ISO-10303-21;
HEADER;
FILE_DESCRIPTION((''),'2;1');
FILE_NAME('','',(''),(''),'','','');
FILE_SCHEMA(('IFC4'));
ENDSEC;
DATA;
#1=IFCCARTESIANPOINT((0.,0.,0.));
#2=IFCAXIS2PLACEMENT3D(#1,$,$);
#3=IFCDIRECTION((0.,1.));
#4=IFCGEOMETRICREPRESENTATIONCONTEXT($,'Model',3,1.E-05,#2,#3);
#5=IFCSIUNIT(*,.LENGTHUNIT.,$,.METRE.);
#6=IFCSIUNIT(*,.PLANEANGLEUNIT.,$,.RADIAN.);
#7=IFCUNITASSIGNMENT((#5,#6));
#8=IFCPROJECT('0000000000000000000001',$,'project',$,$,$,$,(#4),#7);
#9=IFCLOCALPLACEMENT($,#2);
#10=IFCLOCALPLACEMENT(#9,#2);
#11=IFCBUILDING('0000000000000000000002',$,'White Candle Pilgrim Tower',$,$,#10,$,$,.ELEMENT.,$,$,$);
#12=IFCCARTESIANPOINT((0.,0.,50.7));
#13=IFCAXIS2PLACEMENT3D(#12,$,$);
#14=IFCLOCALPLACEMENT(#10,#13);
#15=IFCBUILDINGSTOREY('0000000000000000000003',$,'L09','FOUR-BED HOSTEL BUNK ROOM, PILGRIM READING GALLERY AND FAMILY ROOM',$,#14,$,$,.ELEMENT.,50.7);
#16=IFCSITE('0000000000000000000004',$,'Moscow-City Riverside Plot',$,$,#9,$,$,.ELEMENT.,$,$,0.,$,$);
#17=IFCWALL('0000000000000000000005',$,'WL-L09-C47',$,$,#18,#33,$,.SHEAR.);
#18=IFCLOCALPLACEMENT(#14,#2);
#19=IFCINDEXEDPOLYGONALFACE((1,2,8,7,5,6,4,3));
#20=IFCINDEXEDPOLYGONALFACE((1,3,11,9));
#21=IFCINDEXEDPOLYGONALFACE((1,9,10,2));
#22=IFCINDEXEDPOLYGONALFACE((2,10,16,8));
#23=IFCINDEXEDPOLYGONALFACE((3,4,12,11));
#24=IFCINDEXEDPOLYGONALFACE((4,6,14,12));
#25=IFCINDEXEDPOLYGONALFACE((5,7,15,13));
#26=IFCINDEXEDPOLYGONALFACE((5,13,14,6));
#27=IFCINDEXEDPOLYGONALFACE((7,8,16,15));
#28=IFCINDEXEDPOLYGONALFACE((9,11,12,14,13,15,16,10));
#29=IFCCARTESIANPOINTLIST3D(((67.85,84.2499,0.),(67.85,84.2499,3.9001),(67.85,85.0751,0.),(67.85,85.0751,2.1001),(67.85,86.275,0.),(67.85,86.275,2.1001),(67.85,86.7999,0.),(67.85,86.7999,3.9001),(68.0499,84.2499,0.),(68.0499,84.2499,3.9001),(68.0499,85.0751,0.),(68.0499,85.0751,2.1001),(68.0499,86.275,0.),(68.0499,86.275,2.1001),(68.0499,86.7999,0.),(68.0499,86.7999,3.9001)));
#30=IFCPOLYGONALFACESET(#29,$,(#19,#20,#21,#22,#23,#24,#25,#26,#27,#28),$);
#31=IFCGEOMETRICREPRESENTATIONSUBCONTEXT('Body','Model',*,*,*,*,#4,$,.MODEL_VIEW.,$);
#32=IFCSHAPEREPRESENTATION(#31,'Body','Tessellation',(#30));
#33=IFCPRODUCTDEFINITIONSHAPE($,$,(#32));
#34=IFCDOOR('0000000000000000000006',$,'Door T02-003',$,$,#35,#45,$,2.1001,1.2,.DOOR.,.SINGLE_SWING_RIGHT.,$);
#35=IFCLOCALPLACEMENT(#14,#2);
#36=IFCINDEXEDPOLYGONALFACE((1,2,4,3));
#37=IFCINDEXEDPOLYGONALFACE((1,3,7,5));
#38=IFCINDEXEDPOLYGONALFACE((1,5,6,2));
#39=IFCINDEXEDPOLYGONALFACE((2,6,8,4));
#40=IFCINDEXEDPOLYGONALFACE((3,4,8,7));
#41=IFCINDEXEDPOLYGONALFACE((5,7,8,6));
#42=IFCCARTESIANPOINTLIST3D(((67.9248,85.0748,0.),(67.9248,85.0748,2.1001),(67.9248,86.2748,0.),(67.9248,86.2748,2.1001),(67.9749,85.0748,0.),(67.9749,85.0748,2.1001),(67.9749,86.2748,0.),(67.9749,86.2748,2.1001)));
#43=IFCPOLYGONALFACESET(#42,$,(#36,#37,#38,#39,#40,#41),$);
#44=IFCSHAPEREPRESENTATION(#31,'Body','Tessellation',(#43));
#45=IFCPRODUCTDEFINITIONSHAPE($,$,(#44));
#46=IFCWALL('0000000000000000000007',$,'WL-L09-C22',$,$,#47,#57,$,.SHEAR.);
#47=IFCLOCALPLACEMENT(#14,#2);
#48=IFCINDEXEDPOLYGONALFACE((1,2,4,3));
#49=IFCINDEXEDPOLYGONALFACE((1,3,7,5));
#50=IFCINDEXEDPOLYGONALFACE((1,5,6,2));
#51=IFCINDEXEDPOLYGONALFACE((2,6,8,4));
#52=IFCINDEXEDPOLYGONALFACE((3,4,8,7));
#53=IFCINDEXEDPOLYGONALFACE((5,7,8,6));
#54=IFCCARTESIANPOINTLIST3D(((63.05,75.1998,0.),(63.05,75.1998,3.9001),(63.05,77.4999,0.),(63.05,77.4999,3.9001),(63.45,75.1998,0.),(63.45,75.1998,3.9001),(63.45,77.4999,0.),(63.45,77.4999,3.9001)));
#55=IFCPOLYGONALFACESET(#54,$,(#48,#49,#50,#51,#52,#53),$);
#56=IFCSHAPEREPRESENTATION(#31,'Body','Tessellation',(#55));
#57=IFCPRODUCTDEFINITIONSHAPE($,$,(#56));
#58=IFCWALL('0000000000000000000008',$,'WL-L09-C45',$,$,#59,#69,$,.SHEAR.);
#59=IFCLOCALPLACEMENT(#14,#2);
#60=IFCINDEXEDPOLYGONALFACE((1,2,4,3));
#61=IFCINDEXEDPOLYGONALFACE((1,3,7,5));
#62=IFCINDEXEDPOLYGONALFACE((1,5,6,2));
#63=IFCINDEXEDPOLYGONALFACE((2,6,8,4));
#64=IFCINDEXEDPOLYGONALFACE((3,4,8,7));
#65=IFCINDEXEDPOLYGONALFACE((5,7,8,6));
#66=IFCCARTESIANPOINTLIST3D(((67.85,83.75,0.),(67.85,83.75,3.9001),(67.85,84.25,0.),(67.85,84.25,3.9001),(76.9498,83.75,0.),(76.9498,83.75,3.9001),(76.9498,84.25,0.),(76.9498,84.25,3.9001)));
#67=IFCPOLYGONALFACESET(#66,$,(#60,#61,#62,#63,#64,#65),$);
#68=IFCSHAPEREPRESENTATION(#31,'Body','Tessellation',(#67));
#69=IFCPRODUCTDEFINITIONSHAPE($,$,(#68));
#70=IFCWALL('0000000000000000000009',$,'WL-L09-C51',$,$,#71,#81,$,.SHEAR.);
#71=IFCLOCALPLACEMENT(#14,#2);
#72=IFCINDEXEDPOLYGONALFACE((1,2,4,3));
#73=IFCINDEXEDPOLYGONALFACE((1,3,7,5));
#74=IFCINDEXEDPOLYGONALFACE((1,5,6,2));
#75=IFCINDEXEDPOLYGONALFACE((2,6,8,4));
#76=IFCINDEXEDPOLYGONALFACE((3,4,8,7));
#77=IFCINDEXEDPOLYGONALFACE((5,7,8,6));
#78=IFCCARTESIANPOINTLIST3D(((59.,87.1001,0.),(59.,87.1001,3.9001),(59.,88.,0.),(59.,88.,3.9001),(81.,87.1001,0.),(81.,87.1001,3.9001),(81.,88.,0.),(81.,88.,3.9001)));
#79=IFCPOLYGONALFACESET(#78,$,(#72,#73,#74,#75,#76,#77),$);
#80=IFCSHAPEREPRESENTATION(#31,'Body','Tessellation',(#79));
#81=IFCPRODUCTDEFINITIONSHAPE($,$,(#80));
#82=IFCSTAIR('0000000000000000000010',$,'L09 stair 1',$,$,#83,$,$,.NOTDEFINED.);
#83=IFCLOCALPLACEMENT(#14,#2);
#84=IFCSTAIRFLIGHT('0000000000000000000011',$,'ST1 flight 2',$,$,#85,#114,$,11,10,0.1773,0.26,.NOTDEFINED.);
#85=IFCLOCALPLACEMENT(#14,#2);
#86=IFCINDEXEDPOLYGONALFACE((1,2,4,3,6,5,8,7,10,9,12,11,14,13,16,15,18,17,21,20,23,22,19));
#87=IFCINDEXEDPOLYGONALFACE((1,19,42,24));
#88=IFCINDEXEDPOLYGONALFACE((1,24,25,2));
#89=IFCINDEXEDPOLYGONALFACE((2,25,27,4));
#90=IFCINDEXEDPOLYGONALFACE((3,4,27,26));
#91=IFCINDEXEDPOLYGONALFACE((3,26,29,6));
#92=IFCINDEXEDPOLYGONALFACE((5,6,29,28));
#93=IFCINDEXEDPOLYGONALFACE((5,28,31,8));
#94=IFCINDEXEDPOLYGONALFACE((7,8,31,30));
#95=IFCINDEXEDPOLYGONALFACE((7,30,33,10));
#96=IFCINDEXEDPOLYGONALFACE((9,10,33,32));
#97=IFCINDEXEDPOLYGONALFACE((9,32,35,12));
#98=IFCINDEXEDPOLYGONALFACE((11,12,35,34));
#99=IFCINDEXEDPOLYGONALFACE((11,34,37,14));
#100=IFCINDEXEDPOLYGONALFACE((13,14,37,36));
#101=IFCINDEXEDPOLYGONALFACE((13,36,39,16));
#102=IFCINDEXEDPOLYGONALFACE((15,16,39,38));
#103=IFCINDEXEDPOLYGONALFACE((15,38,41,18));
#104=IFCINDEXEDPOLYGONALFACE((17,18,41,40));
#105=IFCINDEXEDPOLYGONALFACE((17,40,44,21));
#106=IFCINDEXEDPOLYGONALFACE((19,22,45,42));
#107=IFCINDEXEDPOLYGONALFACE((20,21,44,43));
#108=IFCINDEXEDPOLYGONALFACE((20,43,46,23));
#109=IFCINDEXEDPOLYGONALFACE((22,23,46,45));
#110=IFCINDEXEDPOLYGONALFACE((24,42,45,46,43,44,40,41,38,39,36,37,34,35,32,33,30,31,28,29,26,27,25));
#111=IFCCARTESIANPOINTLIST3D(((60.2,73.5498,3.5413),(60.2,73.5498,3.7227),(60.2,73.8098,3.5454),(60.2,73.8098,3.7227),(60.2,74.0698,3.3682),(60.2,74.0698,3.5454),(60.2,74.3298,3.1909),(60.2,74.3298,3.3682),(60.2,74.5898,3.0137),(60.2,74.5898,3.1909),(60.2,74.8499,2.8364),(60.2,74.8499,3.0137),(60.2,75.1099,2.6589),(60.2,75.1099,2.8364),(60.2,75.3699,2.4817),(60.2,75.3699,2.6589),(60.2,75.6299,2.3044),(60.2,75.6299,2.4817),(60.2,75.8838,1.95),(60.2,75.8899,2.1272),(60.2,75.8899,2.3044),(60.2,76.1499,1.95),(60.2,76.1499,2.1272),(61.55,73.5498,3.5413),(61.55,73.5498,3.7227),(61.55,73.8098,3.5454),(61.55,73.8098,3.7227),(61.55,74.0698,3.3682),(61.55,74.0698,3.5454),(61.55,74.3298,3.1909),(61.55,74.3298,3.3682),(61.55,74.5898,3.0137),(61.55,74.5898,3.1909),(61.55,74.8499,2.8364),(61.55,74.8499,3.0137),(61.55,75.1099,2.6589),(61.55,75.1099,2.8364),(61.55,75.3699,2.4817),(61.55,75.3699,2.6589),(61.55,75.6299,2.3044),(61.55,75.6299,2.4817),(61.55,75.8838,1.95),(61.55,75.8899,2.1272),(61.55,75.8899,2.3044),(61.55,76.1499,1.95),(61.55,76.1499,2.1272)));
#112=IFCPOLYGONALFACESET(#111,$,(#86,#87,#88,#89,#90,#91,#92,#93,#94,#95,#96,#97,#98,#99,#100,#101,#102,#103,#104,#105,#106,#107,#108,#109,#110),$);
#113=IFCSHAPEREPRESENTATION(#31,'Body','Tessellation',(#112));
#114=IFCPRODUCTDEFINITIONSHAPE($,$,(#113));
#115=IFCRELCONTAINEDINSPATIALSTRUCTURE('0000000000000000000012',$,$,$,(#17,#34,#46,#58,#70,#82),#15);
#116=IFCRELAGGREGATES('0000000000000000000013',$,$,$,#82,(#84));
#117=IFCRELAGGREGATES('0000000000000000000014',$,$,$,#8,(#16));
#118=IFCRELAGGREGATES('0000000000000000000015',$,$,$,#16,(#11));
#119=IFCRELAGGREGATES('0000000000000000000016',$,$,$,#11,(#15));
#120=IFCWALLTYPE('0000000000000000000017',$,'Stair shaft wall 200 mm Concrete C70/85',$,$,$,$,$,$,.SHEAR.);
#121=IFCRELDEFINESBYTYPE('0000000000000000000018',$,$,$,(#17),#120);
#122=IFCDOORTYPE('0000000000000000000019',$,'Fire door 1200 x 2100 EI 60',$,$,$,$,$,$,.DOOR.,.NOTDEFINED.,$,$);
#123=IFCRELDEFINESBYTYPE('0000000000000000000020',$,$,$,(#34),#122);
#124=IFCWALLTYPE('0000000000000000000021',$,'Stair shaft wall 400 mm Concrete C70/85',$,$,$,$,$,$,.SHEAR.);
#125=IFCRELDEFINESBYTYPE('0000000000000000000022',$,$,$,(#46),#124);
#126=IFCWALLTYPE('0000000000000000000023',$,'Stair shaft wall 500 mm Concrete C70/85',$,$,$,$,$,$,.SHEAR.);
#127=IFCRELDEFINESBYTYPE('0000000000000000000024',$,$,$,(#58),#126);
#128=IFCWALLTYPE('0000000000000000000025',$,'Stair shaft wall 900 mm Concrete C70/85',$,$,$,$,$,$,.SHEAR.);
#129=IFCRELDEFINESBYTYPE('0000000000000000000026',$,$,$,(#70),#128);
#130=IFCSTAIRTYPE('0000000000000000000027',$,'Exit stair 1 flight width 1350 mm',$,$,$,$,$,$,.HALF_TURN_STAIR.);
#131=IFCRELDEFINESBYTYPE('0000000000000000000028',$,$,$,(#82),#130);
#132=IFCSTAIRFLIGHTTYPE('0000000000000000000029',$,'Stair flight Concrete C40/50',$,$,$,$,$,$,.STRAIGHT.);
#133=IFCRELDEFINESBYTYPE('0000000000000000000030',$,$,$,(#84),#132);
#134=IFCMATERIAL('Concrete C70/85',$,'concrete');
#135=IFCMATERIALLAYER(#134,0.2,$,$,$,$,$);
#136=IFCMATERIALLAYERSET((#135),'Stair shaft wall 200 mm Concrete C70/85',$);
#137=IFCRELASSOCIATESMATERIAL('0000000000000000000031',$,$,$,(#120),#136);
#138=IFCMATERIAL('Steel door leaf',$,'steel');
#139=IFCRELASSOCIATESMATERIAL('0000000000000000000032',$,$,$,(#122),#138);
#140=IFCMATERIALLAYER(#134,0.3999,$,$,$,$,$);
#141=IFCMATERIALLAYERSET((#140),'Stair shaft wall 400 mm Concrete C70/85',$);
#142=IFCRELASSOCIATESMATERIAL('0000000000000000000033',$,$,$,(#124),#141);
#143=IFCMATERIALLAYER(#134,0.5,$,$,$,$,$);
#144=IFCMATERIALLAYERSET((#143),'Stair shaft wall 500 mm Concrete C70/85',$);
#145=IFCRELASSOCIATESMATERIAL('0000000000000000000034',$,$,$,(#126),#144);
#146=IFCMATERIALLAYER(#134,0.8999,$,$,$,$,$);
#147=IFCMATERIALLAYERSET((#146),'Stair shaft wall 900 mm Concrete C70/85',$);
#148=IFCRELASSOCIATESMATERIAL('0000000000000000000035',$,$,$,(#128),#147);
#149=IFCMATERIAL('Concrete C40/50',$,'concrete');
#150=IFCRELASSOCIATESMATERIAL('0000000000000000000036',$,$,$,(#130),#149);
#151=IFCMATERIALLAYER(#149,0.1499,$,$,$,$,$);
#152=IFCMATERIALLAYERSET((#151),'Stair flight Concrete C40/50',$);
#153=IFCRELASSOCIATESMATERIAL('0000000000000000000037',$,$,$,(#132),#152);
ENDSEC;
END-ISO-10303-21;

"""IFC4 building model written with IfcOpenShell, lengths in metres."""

from ifc_helpers import new_model, si_unit, direction, frame, frame_2d, origin, place, context, subcontext, project, spatial, polyline, rectangle, outline, extrude, material, layer, layer_set, type_object, element, fill, aggregate, save


model = new_model("IFC4")

# Units and contexts
model_context = context("Model", 3, precision=1e-05, world=origin(), true_north=direction((0.0, 1.0)))
body_context = subcontext(model_context, "Body", "Model", "MODEL_VIEW")
ifc_project = project(units=[si_unit("LENGTHUNIT", "METRE"), si_unit("PLANEANGLEUNIT", "RADIAN")], contexts=[model_context])

# Site, building, storey
site_placement = place(None, origin())
site = spatial("IfcSite", under=ifc_project, at=site_placement, Name="Moscow-City Riverside Plot", CompositionType="ELEMENT", RefElevation=0.0)
building_placement = place(site_placement, origin())
building = spatial("IfcBuilding", under=site, at=building_placement, Name="White Candle Pilgrim Tower", CompositionType="ELEMENT")
storey_placement = place(building_placement, frame((0.0, 0.0, 50.7)))
storey = spatial("IfcBuildingStorey", under=building, at=storey_placement, Name="L09", Description="FOUR-BED HOSTEL BUNK ROOM, PILGRIM READING GALLERY AND FAMILY ROOM", CompositionType="ELEMENT", Elevation=50.7)

# Shared definitions
ifc_material_1 = material(Name="Concrete C70/85", Category="concrete")
ifc_material_2 = material(Name="Steel door leaf", Category="steel")

# Shared definitions
ifc_layer_1 = layer(ifc_material_1, 0.2)
ifc_layer_set_1 = layer_set([ifc_layer_1], Name="Stair shaft wall 200 mm Concrete C70/85")
wall_type_1 = type_object("IfcWallType", Name="Stair shaft wall 200 mm Concrete C70/85", PredefinedType="SHEAR", material=ifc_layer_set_1)

# Wall, opening, door
wall_1_placement = place(storey_placement, frame((67.95, 84.25, 0.0), z_axis=(0.0, 0.0, 1.0), x_axis=(0.0, 1.0, 0.0)))
wall_1 = element("IfcWall", 1, at=wall_1_placement, inside=storey, type_object=wall_type_1, Name="WL-L09-C47", PredefinedType="SHEAR", context=body_context, shape_type="SweptSolid", body=[
    extrude(rectangle(XDim=2.55, YDim=0.2, at=frame_2d((1.2749, 0.0))), origin(), (0.0, 0.0, 1.0), 3.9001),
])
opening_1_placement = place(wall_1_placement, frame((0.825, 0.0, 0.0)))
opening_1 = element("IfcOpeningElement", 2, at=opening_1_placement, cuts=wall_1, PredefinedType="OPENING", context=body_context, shape_type="SweptSolid", body=[
    extrude(rectangle(XDim=1.2, YDim=2.1001, at=frame_2d((0.6001, 1.05))), frame((0.0, 0.1099, 0.0), z_axis=(0.0, -1.0, 0.0), x_axis=(1.0, 0.0, 0.0)), (0.0, 0.0, 1.0), 0.22),
])
door_type_1 = type_object("IfcDoorType", Name="Fire door 1200 x 2100 EI 60", OperationType="NOTDEFINED", PredefinedType="DOOR", material=ifc_material_2)
door_1_placement = place(opening_1_placement, frame((1.2, 0.0, 0.0), z_axis=(0.0, 0.0, 1.0), x_axis=(-1.0, 0.0, 0.0)))
door_1 = element("IfcDoor", 3, at=door_1_placement, inside=storey, type_object=door_type_1, Name="Door T02-003", OperationType="SINGLE_SWING_RIGHT", OverallHeight=2.1001, OverallWidth=1.2, PredefinedType="DOOR", context=body_context, shape_type="SweptSolid", body=[
    extrude(rectangle(XDim=1.2, YDim=2.1001, at=frame_2d((0.6001, 1.05))), frame((0.0, 0.0249, 0.0), z_axis=(0.0, -1.0, 0.0), x_axis=(1.0, 0.0, 0.0)), (0.0, 0.0, 1.0), 0.05),
])
fill(opening_1, door_1)

# Walls
ifc_layer_2 = layer(ifc_material_1, 0.3999)
ifc_layer_set_2 = layer_set([ifc_layer_2], Name="Stair shaft wall 400 mm Concrete C70/85")
wall_type_2 = type_object("IfcWallType", Name="Stair shaft wall 400 mm Concrete C70/85", PredefinedType="SHEAR", material=ifc_layer_set_2)
wall_2_placement = place(storey_placement, frame((63.25, 75.2, 0.0), z_axis=(0.0, 0.0, 1.0), x_axis=(0.0, 1.0, 0.0)))
element("IfcWall", 4, at=wall_2_placement, inside=storey, type_object=wall_type_2, Name="WL-L09-C22", PredefinedType="SHEAR", context=body_context, shape_type="SweptSolid", body=[
    extrude(rectangle(XDim=2.3, YDim=0.3999, at=frame_2d((1.1499, 0.0))), origin(), (0.0, 0.0, 1.0), 3.9001),
])
ifc_layer_3 = layer(ifc_material_1, 0.5)
ifc_layer_set_3 = layer_set([ifc_layer_3], Name="Stair shaft wall 500 mm Concrete C70/85")
wall_type_3 = type_object("IfcWallType", Name="Stair shaft wall 500 mm Concrete C70/85", PredefinedType="SHEAR", material=ifc_layer_set_3)
wall_3_placement = place(storey_placement, frame((67.8501, 84.0, 0.0), z_axis=(0.0, 0.0, 1.0), x_axis=(1.0, 0.0, 0.0)))
element("IfcWall", 5, at=wall_3_placement, inside=storey, type_object=wall_type_3, Name="WL-L09-C45", PredefinedType="SHEAR", context=body_context, shape_type="SweptSolid", body=[
    extrude(rectangle(XDim=9.0999, YDim=0.5, at=frame_2d((4.5498, 0.0))), origin(), (0.0, 0.0, 1.0), 3.9001),
])
ifc_layer_4 = layer(ifc_material_1, 0.8999)
ifc_layer_set_4 = layer_set([ifc_layer_4], Name="Stair shaft wall 900 mm Concrete C70/85")
wall_type_4 = type_object("IfcWallType", Name="Stair shaft wall 900 mm Concrete C70/85", PredefinedType="SHEAR", material=ifc_layer_set_4)
wall_4_placement = place(storey_placement, frame((59.0, 87.55, 0.0), z_axis=(0.0, 0.0, 1.0), x_axis=(1.0, 0.0, 0.0)))
element("IfcWall", 6, at=wall_4_placement, inside=storey, type_object=wall_type_4, Name="WL-L09-C51", PredefinedType="SHEAR", context=body_context, shape_type="SweptSolid", body=[
    extrude(rectangle(XDim=22.0, YDim=0.8999, at=frame_2d((11.0, 0.0))), origin(), (0.0, 0.0, 1.0), 3.9001),
])

# Stair, stair flight
ifc_material_3 = material(Name="Concrete C40/50", Category="concrete")
stair_type = type_object("IfcStairType", Name="Exit stair 1 flight width 1350 mm", PredefinedType="HALF_TURN_STAIR", material=ifc_material_3)
stair_placement = place(storey_placement, origin())
stair = element("IfcStair", 7, at=stair_placement, inside=storey, type_object=stair_type, Name="L09 stair 1", PredefinedType="NOTDEFINED")
ifc_layer_5 = layer(ifc_material_3, 0.1499)
ifc_layer_set_5 = layer_set([ifc_layer_5], Name="Stair flight Concrete C40/50")
stair_flight_type = type_object("IfcStairFlightType", Name="Stair flight Concrete C40/50", PredefinedType="STRAIGHT", material=ifc_layer_set_5)
stair_flight_placement = place(storey_placement, frame((60.875, 76.1499, 1.95), z_axis=(0.0, 0.0, 1.0), x_axis=(0.0, -1.0, 0.0)))
stair_flight = element("IfcStairFlight", 8, at=stair_flight_placement, type_object=stair_flight_type, Name="ST1 flight 2", NumberOfRisers=11, NumberOfTreads=10, PredefinedType="NOTDEFINED", RiserHeight=0.1773, TreadLength=0.26, context=body_context, shape_type="SweptSolid", body=[
    extrude(outline(polyline([(0.0, 0.0), (0.0, 0.1772), (0.26, 0.1772), (0.26, 0.3545), (0.52, 0.3545), (0.52, 0.5317), (0.78, 0.5317), (0.78, 0.709), (1.04, 0.709), (1.04, 0.8865), (1.3, 0.8865), (1.3, 1.0637), (1.5601, 1.0637), (1.5601, 1.241), (1.8201, 1.241), (1.8201, 1.4182), (2.0801, 1.4182), (2.0801, 1.5955), (2.3401, 1.5955), (2.3401, 1.7727), (2.6001, 1.7727), (2.6001, 1.95), (2.6001, 1.5913), (0.2661, 0.0), (0.0, 0.0)])), frame((0.0, 0.675, 0.0), z_axis=(0.0, -1.0, 0.0), x_axis=(1.0, 0.0, 0.0)), (0.0, 0.0, 1.0), 1.3501),
])
aggregate(stair, [stair_flight])

save(model, "model.ifc")
